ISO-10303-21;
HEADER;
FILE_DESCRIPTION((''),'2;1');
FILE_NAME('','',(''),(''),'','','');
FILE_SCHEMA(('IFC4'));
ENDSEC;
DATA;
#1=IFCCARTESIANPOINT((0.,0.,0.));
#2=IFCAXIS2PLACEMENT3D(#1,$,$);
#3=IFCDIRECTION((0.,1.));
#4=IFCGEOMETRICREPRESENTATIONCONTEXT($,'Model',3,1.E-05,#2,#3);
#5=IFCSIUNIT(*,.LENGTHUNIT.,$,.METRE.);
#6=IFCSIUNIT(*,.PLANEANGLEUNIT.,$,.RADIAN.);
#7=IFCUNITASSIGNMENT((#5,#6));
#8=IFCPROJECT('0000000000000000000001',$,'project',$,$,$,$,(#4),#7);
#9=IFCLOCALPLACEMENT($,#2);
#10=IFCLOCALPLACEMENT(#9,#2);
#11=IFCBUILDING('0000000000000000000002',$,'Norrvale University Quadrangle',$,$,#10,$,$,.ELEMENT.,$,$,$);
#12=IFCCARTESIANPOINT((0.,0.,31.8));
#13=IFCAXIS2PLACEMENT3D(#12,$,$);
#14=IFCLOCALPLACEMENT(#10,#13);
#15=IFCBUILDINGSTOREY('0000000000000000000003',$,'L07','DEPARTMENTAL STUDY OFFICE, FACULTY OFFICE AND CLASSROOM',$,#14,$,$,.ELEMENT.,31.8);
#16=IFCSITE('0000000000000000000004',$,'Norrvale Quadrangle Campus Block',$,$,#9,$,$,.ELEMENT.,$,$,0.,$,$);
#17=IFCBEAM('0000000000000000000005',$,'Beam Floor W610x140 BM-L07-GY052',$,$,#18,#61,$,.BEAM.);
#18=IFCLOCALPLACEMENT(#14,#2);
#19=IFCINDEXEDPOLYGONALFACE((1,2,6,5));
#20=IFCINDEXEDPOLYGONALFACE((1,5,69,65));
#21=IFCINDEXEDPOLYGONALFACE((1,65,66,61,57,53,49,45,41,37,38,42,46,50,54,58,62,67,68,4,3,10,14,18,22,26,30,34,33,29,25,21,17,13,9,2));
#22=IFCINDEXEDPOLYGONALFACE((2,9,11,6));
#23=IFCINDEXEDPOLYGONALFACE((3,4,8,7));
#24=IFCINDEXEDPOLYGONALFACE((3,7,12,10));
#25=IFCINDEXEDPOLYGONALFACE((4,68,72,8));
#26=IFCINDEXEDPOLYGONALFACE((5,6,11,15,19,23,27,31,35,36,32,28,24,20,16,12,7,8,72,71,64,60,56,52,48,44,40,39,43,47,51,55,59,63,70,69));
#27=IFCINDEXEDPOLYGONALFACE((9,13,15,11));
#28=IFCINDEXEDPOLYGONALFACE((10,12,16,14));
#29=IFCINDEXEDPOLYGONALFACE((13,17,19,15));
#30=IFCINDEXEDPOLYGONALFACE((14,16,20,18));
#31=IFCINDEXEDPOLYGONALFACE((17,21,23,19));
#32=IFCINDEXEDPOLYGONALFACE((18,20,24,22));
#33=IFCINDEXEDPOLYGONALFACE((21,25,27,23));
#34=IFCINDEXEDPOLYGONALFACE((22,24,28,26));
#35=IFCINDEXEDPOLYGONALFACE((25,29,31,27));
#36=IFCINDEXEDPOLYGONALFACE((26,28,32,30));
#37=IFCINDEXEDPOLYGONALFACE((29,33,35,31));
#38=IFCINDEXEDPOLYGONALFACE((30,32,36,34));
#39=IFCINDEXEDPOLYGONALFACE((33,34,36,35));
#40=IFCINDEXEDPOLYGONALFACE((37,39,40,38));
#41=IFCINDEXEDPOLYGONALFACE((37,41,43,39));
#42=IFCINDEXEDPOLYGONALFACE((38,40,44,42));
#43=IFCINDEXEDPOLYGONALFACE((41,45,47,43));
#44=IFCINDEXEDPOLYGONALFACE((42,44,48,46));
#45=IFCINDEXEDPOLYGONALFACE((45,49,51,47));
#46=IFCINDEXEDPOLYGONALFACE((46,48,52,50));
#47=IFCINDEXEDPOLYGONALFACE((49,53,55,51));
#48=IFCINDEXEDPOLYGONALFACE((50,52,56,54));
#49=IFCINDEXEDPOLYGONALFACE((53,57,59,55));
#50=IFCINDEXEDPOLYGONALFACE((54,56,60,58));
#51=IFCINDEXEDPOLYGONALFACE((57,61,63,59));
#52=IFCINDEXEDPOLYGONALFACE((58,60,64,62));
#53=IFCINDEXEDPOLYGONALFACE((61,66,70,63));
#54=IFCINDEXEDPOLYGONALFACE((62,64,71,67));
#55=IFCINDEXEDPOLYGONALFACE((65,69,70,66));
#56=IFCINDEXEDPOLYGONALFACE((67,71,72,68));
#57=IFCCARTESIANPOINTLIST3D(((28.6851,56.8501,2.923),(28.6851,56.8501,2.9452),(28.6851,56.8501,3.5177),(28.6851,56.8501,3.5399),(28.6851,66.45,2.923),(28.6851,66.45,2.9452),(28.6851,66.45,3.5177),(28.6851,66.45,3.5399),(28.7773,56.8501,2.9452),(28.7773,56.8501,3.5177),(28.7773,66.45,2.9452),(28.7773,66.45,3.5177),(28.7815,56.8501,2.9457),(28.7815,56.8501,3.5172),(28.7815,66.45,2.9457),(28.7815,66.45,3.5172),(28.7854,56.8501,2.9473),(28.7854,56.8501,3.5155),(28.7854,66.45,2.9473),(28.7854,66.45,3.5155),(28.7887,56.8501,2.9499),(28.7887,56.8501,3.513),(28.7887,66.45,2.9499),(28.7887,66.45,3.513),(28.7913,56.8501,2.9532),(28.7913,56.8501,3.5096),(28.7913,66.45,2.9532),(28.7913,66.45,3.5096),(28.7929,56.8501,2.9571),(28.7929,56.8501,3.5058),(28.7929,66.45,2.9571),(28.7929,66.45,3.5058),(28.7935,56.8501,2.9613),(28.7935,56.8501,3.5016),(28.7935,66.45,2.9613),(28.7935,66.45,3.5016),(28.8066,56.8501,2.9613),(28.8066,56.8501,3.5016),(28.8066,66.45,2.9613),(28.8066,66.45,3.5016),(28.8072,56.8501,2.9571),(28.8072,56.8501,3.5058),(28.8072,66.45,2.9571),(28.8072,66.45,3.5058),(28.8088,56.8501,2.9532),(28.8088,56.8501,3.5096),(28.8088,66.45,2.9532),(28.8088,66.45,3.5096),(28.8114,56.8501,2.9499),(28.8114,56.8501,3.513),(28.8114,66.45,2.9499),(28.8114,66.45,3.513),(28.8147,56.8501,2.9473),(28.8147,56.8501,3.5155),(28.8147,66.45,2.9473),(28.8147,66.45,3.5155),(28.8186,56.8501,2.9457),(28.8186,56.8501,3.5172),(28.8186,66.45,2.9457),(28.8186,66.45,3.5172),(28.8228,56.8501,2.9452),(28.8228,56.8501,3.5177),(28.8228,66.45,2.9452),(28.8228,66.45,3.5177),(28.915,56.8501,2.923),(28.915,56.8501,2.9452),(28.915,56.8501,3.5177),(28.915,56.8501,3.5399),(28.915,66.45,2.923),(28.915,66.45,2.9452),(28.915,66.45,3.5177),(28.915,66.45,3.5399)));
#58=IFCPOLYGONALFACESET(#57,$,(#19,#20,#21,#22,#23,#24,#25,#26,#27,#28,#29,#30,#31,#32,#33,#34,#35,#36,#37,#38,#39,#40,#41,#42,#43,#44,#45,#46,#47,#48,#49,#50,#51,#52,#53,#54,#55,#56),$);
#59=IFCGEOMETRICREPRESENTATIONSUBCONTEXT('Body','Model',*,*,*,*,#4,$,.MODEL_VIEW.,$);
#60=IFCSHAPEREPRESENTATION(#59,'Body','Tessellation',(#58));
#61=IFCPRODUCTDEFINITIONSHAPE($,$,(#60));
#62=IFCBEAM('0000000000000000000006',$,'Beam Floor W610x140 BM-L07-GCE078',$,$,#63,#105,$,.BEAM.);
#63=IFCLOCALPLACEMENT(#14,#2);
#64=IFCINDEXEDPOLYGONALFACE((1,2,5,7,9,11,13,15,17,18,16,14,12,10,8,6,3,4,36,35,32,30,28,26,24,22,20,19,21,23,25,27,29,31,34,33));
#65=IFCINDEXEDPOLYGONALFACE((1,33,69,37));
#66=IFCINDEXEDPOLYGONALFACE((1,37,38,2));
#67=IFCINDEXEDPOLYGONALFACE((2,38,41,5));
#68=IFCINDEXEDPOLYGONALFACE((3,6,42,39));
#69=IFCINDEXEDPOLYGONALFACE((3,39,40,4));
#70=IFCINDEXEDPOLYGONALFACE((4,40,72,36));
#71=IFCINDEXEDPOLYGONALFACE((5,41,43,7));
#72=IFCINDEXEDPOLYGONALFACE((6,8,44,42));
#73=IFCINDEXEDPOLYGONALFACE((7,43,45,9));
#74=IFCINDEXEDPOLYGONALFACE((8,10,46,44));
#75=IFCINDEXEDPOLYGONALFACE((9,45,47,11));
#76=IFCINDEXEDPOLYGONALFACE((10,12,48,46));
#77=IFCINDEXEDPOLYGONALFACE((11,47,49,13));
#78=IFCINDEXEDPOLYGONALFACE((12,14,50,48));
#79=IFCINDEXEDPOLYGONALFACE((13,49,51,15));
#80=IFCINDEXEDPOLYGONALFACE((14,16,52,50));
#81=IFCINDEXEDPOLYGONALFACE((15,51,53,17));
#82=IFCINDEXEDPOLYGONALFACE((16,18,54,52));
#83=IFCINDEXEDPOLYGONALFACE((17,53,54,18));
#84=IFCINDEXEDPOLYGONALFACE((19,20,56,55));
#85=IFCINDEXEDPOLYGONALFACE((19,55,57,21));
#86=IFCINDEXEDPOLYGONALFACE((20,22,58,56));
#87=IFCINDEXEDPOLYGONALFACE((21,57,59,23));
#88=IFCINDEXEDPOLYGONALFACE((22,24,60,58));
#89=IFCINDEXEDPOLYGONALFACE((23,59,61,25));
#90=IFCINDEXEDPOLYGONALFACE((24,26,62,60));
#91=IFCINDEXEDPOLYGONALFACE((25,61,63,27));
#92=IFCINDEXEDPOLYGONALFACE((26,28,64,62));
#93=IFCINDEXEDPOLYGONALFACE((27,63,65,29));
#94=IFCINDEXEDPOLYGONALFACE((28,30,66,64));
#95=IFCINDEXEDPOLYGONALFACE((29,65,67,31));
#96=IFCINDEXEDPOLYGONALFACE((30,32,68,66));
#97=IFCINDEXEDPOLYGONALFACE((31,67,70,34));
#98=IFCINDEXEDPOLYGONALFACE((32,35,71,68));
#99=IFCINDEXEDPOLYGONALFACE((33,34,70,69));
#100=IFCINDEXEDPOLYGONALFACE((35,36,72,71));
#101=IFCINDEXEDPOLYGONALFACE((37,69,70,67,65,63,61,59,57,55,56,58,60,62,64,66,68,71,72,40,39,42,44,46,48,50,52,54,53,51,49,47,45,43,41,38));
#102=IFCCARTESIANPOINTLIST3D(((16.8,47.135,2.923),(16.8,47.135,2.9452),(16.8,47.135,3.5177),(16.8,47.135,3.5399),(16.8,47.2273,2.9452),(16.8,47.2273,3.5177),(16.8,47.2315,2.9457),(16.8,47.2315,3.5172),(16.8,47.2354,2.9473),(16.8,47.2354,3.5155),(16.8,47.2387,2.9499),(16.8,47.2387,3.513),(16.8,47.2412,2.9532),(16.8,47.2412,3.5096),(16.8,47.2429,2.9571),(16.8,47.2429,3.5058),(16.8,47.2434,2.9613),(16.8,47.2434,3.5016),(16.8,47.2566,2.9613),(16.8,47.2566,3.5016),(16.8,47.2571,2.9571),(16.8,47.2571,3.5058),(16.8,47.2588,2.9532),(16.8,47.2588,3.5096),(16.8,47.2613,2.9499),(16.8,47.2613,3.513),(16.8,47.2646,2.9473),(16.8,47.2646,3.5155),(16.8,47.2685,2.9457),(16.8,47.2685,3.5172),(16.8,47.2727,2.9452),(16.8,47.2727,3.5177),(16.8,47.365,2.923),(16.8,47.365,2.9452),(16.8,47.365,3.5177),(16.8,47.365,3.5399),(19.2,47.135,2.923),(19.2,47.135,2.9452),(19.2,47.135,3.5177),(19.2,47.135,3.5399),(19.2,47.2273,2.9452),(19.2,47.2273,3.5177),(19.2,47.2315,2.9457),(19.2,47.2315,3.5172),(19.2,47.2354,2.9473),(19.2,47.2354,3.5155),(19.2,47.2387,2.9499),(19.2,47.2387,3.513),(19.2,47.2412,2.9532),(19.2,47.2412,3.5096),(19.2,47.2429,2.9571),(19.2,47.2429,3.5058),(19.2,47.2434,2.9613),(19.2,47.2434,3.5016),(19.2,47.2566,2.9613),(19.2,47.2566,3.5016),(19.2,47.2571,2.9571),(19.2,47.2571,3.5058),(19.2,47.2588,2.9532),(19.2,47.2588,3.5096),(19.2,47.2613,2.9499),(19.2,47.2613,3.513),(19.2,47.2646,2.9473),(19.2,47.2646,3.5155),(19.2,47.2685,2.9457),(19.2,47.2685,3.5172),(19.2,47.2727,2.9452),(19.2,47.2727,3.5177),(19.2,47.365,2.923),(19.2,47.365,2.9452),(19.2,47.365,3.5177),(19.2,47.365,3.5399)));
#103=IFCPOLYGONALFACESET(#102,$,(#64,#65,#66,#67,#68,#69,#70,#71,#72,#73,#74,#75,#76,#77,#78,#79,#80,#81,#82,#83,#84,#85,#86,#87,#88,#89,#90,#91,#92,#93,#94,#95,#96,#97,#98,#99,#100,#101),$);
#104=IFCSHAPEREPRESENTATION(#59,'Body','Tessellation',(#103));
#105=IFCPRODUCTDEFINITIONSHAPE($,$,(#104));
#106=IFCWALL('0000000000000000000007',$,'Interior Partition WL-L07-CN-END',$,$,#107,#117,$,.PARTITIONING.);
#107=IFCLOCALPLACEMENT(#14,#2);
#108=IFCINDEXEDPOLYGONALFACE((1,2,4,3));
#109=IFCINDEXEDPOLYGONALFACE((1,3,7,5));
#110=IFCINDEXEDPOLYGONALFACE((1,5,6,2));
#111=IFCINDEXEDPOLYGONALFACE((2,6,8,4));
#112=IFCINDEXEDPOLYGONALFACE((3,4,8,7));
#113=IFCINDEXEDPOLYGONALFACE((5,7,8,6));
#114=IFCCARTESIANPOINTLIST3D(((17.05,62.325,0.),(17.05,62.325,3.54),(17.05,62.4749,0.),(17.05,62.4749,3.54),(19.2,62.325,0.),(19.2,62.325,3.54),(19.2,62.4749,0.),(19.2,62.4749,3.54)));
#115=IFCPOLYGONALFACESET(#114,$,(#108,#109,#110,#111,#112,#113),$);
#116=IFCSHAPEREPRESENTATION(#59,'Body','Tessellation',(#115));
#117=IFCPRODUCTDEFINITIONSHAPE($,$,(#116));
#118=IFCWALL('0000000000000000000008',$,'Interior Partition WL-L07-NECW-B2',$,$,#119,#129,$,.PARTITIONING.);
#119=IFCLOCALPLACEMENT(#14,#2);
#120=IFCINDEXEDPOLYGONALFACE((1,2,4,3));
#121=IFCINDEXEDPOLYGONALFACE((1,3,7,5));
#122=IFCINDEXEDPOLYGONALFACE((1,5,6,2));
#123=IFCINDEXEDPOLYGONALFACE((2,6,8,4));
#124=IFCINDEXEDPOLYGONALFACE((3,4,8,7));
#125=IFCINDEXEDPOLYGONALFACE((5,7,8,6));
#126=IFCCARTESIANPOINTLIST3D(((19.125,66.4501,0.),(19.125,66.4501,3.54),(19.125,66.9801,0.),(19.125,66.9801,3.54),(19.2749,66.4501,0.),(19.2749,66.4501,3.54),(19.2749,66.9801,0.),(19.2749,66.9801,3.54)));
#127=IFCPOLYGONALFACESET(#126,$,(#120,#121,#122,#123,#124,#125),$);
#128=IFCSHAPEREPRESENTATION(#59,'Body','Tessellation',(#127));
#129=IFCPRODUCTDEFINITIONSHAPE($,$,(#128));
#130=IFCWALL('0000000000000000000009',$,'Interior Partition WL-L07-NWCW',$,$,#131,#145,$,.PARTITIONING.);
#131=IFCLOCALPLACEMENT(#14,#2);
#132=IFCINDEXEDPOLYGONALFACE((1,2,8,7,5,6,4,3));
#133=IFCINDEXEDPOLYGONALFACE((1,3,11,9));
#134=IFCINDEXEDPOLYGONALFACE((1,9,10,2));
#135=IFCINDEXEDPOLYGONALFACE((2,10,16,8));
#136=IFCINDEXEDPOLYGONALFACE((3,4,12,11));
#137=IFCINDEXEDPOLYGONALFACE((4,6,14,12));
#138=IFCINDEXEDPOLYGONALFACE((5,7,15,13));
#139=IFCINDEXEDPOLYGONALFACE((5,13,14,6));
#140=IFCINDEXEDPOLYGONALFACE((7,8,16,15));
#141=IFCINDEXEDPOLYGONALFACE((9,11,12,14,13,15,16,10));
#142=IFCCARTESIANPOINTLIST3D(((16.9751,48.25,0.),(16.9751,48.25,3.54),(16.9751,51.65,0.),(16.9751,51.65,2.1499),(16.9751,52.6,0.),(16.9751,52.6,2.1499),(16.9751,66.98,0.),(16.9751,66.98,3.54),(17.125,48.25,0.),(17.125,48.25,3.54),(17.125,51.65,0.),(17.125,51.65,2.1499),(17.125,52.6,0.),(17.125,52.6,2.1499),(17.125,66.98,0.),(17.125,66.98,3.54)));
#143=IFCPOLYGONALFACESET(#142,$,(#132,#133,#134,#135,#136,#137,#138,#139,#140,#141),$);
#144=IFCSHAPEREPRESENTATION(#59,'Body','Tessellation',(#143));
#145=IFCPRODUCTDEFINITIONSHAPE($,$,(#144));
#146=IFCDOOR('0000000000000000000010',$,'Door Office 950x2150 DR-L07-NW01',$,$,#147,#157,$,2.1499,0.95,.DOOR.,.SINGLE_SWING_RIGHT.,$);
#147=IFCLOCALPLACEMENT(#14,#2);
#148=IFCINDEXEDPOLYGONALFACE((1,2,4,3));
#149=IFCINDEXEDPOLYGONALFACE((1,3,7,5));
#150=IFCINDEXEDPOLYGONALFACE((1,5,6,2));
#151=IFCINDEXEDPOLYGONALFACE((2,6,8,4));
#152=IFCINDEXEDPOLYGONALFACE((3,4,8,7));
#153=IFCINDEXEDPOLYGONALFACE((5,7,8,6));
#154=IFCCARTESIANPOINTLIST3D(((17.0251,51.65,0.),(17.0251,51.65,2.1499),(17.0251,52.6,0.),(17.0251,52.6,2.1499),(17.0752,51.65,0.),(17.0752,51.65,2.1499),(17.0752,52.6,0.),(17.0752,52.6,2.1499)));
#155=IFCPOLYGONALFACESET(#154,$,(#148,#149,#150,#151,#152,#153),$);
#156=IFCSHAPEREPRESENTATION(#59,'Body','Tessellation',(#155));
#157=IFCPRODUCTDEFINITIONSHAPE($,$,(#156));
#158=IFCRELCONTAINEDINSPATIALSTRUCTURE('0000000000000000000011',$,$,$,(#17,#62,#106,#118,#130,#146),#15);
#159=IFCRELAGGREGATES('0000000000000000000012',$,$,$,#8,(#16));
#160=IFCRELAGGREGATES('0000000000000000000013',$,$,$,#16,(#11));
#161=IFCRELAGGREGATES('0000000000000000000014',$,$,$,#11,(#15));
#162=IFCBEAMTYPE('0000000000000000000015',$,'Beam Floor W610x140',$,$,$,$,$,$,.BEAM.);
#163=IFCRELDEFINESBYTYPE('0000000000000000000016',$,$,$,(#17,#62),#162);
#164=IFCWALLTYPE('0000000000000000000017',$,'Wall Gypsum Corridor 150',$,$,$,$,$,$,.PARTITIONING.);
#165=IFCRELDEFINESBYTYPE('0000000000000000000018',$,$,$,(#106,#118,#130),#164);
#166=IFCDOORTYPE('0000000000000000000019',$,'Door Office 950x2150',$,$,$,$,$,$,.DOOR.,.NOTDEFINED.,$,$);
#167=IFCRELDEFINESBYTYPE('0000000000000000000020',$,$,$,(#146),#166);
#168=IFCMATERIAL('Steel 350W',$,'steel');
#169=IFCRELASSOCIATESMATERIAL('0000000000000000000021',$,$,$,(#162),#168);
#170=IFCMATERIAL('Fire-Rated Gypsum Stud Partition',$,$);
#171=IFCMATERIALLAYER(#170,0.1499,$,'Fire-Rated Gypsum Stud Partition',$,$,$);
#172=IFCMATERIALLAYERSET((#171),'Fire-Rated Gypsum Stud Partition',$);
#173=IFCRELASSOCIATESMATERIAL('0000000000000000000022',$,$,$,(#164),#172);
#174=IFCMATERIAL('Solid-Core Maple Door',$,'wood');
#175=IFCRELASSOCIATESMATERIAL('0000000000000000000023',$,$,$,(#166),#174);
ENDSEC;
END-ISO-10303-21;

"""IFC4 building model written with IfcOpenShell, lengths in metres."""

from ifc_helpers import new_model, si_unit, direction, frame, frame_2d, origin, origin_2d, place, context, subcontext, project, spatial, rectangle, i_section, extrude, material, layer, layer_set, material_profile, profile_set, type_object, element, fill, save


model = new_model("IFC4")

# Units and contexts
model_context = context("Model", 3, precision=1e-05, world=origin(), true_north=direction((0.0, 1.0)))
body_context = subcontext(model_context, "Body", "Model", "MODEL_VIEW")
ifc_project = project(units=[si_unit("LENGTHUNIT", "METRE"), si_unit("PLANEANGLEUNIT", "RADIAN")], contexts=[model_context])

# Site, building, storey
site_placement = place(None, origin())
site = spatial("IfcSite", under=ifc_project, at=site_placement, Name="Norrvale Quadrangle Campus Block", CompositionType="ELEMENT", RefElevation=0.0)
building_placement = place(site_placement, origin())
building = spatial("IfcBuilding", under=site, at=building_placement, Name="Norrvale University Quadrangle", CompositionType="ELEMENT")
storey_placement = place(building_placement, frame((0.0, 0.0, 31.8)))
storey = spatial("IfcBuildingStorey", under=building, at=storey_placement, Name="L07", Description="DEPARTMENTAL STUDY OFFICE, FACULTY OFFICE AND CLASSROOM", CompositionType="ELEMENT", Elevation=31.8)

# Beams
ifc_material_1 = material(Name="Steel 350W", Category="steel")
ifc_material_profile_1 = material_profile(ifc_material_1, i_section(OverallWidth=0.23, OverallDepth=0.6169, WebThickness=0.0132, FlangeThickness=0.0222, FilletRadius=0.0161, at=origin_2d()), Name="Steel 350W")
ifc_profile_set_1 = profile_set([ifc_material_profile_1], Name="Steel 350W")
beam_type_1 = type_object("IfcBeamType", Name="Beam Floor W610x140", PredefinedType="BEAM", material=ifc_profile_set_1)
beam_1_placement = place(storey_placement, frame((28.8, 56.8501, 3.2314), z_axis=(0.0, 1.0, 0.0), x_axis=(-1.0, 0.0, 0.0)))
element("IfcBeam", 1, at=beam_1_placement, inside=storey, type_object=beam_type_1, Name="Beam Floor W610x140 BM-L07-GY052", PredefinedType="BEAM", context=body_context, shape_type="SweptSolid", body=[
    extrude(i_section(OverallWidth=0.23, OverallDepth=0.6169, WebThickness=0.0132, FlangeThickness=0.0222, FilletRadius=0.0161, at=origin_2d()), origin(), (0.0, 0.0, 1.0), 9.5999),
])
beam_2_placement = place(storey_placement, frame((16.8, 47.25, 3.2314), z_axis=(1.0, 0.0, 0.0), x_axis=(0.0, 1.0, 0.0)))
element("IfcBeam", 2, at=beam_2_placement, inside=storey, type_object=beam_type_1, Name="Beam Floor W610x140 BM-L07-GCE078", PredefinedType="BEAM", context=body_context, shape_type="SweptSolid", body=[
    extrude(i_section(OverallWidth=0.23, OverallDepth=0.6169, WebThickness=0.0132, FlangeThickness=0.0222, FilletRadius=0.0161, at=origin_2d()), origin(), (0.0, 0.0, 1.0), 2.3999),
])

# Walls
ifc_material_2 = material(Name="Fire-Rated Gypsum Stud Partition")
ifc_layer = layer(ifc_material_2, 0.1499, Name="Fire-Rated Gypsum Stud Partition")
ifc_layer_set = layer_set([ifc_layer], Name="Fire-Rated Gypsum Stud Partition")
wall_type = type_object("IfcWallType", Name="Wall Gypsum Corridor 150", PredefinedType="PARTITIONING", material=ifc_layer_set)
wall_1_placement = place(storey_placement, frame((17.05, 62.3999, 0.0), z_axis=(0.0, 0.0, 1.0), x_axis=(1.0, 0.0, 0.0)))
element("IfcWall", 3, at=wall_1_placement, inside=storey, type_object=wall_type, Name="Interior Partition WL-L07-CN-END", PredefinedType="PARTITIONING", context=body_context, shape_type="SweptSolid", body=[
    extrude(rectangle(XDim=2.1499, YDim=0.1499, at=frame_2d((1.075, 0.0))), origin(), (0.0, 0.0, 1.0), 3.54),
])
wall_2_placement = place(storey_placement, frame((19.2, 66.45, 0.0), z_axis=(0.0, 0.0, 1.0), x_axis=(0.0, 1.0, 0.0)))
element("IfcWall", 4, at=wall_2_placement, inside=storey, type_object=wall_type, Name="Interior Partition WL-L07-NECW-B2", PredefinedType="PARTITIONING", context=body_context, shape_type="SweptSolid", body=[
    extrude(rectangle(XDim=0.53, YDim=0.1499, at=frame_2d((0.2651, 0.0))), origin(), (0.0, 0.0, 1.0), 3.54),
])

# Wall, opening, door
wall_3_placement = place(storey_placement, frame((17.05, 48.25, 0.0), z_axis=(0.0, 0.0, 1.0), x_axis=(0.0, 1.0, 0.0)))
wall_3 = element("IfcWall", 5, at=wall_3_placement, inside=storey, type_object=wall_type, Name="Interior Partition WL-L07-NWCW", PredefinedType="PARTITIONING", context=body_context, shape_type="SweptSolid", body=[
    extrude(rectangle(XDim=18.73, YDim=0.1499, at=frame_2d((9.365, 0.0))), origin(), (0.0, 0.0, 1.0), 3.54),
])
opening_placement = place(wall_3_placement, frame((3.3999, 0.0, 0.0)))
opening = element("IfcOpeningElement", 6, at=opening_placement, cuts=wall_3, PredefinedType="OPENING", context=body_context, shape_type="SweptSolid", body=[
    extrude(rectangle(XDim=0.95, YDim=2.1499, at=frame_2d((0.4751, 1.075))), frame((0.0, 0.0869, 0.0), z_axis=(0.0, -1.0, 0.0), x_axis=(1.0, 0.0, 0.0)), (0.0, 0.0, 1.0), 0.1738),
])
ifc_material_3 = material(Name="Solid-Core Maple Door", Category="wood")
door_type = type_object("IfcDoorType", Name="Door Office 950x2150", OperationType="NOTDEFINED", PredefinedType="DOOR", material=ifc_material_3)
door_placement = place(opening_placement, origin())
door = element("IfcDoor", 7, at=door_placement, inside=storey, type_object=door_type, Name="Door Office 950x2150 DR-L07-NW01", OperationType="SINGLE_SWING_RIGHT", OverallHeight=2.1499, OverallWidth=0.95, PredefinedType="DOOR", context=body_context, shape_type="SweptSolid", body=[
    extrude(rectangle(XDim=0.95, YDim=2.1499, at=frame_2d((0.4751, 1.075))), frame((0.0, 0.0249, 0.0), z_axis=(0.0, -1.0, 0.0), x_axis=(1.0, 0.0, 0.0)), (0.0, 0.0, 1.0), 0.05),
])
fill(opening, door)

save(model, "model.ifc")
